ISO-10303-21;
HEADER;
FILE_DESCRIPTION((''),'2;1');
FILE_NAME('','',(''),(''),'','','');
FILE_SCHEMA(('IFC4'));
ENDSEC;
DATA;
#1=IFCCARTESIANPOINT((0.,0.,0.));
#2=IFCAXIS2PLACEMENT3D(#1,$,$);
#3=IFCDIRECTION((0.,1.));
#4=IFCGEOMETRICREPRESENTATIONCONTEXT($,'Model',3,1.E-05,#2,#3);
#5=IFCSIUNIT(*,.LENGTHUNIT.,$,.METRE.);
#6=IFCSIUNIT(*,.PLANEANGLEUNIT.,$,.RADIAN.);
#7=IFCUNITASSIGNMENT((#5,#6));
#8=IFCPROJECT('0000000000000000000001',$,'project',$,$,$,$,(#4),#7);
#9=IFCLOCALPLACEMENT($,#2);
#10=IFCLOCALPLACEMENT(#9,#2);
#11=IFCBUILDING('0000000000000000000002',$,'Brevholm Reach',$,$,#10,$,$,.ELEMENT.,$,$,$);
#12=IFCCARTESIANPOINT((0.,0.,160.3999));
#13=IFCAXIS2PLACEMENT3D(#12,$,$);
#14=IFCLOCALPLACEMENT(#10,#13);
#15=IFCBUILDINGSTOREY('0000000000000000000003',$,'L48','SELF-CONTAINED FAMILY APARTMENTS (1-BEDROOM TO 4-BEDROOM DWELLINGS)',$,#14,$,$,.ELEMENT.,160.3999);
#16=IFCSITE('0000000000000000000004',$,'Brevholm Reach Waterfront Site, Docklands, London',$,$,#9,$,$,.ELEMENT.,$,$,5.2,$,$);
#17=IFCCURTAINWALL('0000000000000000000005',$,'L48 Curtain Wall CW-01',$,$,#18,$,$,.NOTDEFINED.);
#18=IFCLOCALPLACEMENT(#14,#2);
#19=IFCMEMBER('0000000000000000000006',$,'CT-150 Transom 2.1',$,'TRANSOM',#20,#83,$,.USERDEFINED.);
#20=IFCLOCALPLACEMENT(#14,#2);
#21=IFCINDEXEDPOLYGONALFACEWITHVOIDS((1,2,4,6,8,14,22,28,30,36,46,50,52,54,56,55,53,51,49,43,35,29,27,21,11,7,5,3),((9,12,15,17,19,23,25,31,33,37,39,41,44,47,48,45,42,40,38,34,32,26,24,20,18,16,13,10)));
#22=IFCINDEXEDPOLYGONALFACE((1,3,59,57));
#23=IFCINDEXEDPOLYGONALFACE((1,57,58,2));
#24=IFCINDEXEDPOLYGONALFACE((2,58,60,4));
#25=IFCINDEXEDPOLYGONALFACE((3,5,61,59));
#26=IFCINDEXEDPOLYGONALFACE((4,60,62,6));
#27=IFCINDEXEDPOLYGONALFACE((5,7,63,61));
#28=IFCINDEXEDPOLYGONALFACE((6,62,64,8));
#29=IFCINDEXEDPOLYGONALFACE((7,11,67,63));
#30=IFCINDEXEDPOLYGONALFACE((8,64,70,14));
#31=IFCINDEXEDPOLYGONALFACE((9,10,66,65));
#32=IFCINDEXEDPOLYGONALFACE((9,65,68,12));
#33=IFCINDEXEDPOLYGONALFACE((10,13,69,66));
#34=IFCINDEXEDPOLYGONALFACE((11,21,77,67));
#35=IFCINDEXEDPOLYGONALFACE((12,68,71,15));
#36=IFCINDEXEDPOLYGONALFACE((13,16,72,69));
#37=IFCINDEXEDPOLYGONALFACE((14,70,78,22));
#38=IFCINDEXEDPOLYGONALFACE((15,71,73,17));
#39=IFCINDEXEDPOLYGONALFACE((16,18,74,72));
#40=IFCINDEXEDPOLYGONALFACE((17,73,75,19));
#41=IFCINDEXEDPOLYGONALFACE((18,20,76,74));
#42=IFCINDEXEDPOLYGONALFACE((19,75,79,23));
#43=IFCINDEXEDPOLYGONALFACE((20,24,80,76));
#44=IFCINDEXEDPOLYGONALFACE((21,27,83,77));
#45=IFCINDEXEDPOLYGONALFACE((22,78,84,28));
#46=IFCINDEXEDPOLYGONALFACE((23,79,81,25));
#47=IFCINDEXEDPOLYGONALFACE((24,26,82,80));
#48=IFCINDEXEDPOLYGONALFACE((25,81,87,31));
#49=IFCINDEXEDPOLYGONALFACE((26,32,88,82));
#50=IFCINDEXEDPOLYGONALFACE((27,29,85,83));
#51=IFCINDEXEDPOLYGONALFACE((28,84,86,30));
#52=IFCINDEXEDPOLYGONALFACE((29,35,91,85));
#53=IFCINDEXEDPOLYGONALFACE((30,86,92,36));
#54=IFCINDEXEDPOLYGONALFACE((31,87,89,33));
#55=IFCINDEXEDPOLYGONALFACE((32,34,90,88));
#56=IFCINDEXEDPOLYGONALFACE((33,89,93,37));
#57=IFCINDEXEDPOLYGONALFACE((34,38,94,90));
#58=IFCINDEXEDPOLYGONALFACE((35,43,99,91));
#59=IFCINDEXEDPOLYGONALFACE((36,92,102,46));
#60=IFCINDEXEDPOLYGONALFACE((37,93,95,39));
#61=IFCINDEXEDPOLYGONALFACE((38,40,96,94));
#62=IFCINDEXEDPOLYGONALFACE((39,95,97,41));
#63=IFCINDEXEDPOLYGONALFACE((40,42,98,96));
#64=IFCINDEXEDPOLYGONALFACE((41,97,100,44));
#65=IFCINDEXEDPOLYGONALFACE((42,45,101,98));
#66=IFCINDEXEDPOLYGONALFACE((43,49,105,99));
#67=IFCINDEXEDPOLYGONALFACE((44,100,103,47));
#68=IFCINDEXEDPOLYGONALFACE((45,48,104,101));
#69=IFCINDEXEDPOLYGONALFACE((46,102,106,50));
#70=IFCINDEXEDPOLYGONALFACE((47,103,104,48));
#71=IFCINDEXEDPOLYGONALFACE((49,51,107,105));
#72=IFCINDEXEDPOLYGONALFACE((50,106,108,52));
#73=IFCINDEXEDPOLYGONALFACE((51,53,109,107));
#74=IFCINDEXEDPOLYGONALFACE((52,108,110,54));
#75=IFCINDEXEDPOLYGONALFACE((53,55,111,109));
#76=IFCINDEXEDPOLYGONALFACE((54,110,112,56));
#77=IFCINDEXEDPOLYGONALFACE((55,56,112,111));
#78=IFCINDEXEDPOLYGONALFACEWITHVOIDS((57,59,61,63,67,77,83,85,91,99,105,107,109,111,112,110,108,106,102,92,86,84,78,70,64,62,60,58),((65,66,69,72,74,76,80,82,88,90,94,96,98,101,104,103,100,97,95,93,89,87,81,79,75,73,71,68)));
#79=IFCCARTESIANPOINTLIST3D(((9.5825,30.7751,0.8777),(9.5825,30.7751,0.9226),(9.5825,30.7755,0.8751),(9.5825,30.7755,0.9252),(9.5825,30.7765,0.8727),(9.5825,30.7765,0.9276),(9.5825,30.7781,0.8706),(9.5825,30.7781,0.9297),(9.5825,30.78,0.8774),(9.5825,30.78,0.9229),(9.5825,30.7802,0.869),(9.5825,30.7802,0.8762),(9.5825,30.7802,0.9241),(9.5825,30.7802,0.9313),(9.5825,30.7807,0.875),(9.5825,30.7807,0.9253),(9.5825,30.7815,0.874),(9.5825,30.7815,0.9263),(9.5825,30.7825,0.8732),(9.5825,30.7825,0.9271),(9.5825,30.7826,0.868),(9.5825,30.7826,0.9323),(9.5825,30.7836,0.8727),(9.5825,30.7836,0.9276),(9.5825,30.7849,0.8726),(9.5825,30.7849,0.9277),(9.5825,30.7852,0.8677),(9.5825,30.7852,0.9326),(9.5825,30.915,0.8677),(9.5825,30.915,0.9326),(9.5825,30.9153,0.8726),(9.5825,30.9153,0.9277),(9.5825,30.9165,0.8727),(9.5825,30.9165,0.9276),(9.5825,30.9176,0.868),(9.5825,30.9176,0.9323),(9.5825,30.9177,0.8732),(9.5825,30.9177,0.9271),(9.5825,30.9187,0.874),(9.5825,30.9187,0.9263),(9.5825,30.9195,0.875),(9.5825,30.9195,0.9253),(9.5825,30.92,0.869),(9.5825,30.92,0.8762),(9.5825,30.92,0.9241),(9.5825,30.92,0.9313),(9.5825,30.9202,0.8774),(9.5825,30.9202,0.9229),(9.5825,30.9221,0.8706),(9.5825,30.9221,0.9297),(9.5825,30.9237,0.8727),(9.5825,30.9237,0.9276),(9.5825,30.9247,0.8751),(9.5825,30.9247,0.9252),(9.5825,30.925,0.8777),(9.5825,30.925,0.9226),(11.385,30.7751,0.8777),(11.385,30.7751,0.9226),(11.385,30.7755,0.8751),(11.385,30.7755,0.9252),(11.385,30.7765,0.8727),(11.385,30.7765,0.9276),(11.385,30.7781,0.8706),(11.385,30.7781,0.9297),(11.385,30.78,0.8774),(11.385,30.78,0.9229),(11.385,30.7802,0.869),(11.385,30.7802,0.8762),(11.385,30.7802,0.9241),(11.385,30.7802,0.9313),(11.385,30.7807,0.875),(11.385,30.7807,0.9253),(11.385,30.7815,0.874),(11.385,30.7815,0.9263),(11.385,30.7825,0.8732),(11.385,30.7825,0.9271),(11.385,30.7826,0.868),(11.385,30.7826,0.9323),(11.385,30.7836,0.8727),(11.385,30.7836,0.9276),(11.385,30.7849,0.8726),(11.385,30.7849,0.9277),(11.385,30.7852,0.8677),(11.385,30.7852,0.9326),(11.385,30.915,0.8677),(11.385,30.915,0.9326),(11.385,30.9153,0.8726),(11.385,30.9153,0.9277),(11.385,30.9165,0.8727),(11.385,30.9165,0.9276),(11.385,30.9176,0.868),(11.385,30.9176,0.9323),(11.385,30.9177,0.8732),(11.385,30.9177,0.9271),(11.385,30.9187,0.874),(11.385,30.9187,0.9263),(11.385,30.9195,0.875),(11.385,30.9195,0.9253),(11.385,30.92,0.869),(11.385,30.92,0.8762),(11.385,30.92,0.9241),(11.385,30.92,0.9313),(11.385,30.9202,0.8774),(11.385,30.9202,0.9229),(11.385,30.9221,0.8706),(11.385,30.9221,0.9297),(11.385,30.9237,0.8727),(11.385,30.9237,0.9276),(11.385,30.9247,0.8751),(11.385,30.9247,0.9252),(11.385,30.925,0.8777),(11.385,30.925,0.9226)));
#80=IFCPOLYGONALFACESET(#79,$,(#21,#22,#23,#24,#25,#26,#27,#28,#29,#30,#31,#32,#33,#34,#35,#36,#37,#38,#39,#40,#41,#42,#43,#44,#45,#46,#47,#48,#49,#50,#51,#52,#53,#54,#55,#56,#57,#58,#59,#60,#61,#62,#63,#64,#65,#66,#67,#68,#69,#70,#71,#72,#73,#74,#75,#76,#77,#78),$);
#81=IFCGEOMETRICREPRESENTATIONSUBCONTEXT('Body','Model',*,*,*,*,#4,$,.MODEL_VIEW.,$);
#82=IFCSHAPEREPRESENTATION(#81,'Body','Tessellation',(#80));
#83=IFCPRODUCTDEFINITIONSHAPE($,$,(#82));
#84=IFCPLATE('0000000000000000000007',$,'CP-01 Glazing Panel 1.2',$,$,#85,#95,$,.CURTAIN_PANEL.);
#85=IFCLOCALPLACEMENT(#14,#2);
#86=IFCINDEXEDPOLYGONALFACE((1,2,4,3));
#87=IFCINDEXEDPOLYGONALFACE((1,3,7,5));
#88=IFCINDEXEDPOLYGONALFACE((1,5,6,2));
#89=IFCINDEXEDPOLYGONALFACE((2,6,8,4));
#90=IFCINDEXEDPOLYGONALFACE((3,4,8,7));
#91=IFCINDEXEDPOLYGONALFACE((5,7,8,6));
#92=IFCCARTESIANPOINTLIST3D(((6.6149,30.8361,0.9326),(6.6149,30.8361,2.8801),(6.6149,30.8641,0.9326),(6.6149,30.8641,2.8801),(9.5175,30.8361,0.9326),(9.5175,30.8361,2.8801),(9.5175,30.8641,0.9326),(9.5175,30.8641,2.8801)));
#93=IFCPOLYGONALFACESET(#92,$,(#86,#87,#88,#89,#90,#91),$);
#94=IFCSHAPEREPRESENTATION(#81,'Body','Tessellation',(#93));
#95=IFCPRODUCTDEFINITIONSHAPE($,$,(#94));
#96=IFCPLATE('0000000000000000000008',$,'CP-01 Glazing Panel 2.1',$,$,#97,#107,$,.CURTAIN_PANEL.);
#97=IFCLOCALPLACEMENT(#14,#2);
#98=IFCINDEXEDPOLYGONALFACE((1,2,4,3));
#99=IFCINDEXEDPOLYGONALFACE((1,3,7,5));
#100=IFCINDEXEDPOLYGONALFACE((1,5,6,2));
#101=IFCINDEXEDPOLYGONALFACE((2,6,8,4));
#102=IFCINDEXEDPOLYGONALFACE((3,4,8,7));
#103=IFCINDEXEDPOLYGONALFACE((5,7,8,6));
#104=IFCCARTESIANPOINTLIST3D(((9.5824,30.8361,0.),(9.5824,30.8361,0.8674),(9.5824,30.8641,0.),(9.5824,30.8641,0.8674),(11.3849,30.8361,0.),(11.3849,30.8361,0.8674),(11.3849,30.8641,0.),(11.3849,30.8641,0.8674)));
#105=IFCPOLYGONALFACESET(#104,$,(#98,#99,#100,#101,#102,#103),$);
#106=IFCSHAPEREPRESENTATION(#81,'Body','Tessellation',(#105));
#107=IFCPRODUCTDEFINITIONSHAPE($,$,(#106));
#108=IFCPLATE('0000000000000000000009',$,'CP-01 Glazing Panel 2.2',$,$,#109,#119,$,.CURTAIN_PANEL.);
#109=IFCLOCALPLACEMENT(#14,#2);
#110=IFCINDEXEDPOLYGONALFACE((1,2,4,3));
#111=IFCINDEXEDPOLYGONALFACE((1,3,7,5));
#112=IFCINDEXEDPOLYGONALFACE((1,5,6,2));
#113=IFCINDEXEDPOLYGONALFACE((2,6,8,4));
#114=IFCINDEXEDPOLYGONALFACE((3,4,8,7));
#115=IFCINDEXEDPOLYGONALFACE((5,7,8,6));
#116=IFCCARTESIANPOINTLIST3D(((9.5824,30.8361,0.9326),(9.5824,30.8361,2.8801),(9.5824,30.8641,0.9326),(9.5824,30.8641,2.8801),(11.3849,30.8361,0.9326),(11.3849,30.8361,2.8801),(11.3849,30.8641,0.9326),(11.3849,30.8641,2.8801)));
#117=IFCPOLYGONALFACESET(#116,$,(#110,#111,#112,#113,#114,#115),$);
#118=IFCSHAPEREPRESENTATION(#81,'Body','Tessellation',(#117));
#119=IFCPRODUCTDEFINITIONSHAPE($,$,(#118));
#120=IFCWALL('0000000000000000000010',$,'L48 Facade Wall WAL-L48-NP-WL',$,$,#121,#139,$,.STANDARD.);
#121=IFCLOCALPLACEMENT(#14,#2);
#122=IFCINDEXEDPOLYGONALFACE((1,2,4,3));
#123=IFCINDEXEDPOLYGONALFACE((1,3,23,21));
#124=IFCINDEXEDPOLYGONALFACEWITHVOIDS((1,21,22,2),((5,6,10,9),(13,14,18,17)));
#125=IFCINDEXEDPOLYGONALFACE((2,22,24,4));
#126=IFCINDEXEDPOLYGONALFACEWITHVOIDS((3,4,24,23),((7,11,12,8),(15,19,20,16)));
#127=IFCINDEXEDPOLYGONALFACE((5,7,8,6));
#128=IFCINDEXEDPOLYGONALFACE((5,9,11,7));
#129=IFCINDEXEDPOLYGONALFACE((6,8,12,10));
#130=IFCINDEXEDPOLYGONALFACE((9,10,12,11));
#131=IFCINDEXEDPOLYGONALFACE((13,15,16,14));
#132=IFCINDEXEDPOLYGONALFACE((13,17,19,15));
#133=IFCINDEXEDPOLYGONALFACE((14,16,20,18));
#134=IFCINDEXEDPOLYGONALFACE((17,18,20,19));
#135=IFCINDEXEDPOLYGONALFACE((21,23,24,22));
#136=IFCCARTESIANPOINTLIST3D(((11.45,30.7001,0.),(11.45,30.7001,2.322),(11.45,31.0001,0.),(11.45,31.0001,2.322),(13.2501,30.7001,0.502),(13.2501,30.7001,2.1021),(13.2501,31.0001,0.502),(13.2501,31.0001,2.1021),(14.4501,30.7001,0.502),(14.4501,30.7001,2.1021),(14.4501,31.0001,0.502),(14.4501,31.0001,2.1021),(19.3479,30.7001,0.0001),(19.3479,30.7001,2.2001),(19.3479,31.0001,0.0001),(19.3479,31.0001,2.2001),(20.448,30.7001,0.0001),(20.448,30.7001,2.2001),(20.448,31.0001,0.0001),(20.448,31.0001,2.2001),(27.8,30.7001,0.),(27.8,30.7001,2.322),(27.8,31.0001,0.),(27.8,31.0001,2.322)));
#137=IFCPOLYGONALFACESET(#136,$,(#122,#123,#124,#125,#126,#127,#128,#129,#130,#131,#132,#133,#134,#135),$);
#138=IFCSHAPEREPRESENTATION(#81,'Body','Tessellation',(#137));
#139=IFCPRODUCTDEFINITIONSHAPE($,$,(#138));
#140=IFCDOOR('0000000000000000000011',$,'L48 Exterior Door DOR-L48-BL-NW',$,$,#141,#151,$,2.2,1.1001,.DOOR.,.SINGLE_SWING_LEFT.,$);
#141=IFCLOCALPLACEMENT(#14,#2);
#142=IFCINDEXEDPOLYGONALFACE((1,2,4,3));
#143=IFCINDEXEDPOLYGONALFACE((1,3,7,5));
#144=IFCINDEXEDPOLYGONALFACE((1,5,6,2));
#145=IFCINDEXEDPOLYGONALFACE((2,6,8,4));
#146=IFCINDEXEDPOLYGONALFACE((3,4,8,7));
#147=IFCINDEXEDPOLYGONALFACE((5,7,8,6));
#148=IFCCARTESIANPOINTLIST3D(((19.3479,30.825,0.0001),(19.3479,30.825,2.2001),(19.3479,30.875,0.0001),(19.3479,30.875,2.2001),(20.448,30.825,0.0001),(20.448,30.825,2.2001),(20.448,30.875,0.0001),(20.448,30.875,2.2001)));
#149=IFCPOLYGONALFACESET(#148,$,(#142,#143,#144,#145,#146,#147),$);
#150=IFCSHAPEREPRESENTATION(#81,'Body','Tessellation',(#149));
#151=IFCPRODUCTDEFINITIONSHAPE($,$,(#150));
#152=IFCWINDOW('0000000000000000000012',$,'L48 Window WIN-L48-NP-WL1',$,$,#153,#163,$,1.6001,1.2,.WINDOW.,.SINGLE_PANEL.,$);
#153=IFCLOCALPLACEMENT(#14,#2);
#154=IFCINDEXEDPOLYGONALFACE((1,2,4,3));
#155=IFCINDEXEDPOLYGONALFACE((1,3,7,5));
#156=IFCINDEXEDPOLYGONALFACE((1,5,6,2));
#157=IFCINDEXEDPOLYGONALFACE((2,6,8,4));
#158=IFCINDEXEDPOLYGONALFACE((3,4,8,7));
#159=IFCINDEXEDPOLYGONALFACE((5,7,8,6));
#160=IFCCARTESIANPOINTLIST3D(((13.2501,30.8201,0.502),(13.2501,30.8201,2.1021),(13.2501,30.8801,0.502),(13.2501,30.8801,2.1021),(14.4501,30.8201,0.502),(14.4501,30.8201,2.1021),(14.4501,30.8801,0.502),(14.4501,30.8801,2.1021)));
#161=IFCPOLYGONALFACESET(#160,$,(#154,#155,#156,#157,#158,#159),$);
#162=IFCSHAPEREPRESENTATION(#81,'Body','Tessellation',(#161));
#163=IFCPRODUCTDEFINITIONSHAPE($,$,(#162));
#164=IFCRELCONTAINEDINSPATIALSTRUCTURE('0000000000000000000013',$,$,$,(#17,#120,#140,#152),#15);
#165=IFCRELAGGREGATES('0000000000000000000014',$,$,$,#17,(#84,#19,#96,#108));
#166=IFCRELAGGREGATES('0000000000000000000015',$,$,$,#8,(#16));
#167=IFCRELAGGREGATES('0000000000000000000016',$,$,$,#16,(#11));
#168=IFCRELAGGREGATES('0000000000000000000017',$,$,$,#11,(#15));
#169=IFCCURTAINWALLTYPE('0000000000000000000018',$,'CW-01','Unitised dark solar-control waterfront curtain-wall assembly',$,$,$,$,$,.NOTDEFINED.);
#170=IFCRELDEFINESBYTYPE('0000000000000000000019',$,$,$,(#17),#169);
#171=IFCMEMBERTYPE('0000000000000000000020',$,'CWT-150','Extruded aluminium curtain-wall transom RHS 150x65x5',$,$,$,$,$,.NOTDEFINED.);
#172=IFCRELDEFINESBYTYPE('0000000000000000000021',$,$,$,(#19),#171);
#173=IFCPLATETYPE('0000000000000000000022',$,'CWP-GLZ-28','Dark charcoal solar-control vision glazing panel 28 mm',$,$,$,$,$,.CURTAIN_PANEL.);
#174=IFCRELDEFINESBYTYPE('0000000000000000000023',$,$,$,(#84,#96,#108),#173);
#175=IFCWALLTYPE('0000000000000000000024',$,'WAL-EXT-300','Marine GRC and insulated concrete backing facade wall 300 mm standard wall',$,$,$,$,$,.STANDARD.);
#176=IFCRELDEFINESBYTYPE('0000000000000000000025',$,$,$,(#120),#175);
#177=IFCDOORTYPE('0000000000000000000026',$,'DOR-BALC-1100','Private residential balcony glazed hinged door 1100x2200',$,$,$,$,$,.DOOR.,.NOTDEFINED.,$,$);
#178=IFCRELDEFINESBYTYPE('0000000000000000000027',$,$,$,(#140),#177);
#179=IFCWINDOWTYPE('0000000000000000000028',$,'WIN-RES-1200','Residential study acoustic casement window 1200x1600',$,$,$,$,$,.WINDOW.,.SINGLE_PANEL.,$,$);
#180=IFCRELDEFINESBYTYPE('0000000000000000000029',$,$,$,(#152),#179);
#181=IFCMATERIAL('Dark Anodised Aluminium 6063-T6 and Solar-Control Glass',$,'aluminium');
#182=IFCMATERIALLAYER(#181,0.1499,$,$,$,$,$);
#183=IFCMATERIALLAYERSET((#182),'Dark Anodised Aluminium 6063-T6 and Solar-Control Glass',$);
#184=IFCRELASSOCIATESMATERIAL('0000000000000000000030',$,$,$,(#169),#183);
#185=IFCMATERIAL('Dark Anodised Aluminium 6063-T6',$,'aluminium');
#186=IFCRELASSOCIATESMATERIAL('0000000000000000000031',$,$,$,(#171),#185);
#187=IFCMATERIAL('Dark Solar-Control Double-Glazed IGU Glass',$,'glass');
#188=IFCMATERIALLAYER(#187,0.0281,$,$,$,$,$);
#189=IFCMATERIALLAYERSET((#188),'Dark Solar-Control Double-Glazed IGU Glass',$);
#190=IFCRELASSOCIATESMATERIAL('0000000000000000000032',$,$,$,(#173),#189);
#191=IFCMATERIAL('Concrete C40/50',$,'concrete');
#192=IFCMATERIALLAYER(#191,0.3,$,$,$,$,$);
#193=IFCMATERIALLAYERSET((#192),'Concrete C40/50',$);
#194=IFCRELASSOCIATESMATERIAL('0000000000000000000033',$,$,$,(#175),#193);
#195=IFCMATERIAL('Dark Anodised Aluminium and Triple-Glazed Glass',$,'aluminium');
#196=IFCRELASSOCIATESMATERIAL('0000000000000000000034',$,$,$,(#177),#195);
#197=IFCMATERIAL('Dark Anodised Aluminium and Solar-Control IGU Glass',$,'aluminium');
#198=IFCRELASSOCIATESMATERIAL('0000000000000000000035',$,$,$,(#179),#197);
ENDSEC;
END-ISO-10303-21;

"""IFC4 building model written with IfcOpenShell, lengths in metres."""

from ifc_helpers import new_model, si_unit, direction, frame, frame_2d, origin, origin_2d, place, context, subcontext, project, spatial, rectangle, hollow_rectangle, extrude, material, layer, layer_set, material_profile, profile_set, type_object, element, fill, aggregate, save


model = new_model("IFC4")

# Units and contexts
model_context = context("Model", 3, precision=1e-05, world=origin(), true_north=direction((0.0, 1.0)))
body_context = subcontext(model_context, "Body", "Model", "MODEL_VIEW")
ifc_project = project(units=[si_unit("LENGTHUNIT", "METRE"), si_unit("PLANEANGLEUNIT", "RADIAN")], contexts=[model_context])

# Site, building, storey
site_placement = place(None, origin())
site = spatial("IfcSite", under=ifc_project, at=site_placement, Name="Brevholm Reach Waterfront Site, Docklands, London", CompositionType="ELEMENT", RefElevation=5.2)
building_placement = place(site_placement, origin())
building = spatial("IfcBuilding", under=site, at=building_placement, Name="Brevholm Reach", CompositionType="ELEMENT")
storey_placement = place(building_placement, frame((0.0, 0.0, 160.3999)))
storey = spatial("IfcBuildingStorey", under=building, at=storey_placement, Name="L48", Description="SELF-CONTAINED FAMILY APARTMENTS (1-BEDROOM TO 4-BEDROOM DWELLINGS)", CompositionType="ELEMENT", Elevation=160.3999)

# Curtain wall, member, plates
ifc_material_1 = material(Name="Dark Anodised Aluminium 6063-T6 and Solar-Control Glass", Category="aluminium")
ifc_layer_1 = layer(ifc_material_1, 0.1499)
ifc_layer_set_1 = layer_set([ifc_layer_1], Name="Dark Anodised Aluminium 6063-T6 and Solar-Control Glass")
curtain_wall_type = type_object("IfcCurtainWallType", Name="CW-01", Description="Unitised dark solar-control waterfront curtain-wall assembly", PredefinedType="NOTDEFINED", material=ifc_layer_set_1)
curtain_wall_placement = place(storey_placement, origin())
curtain_wall = element("IfcCurtainWall", 1, at=curtain_wall_placement, inside=storey, type_object=curtain_wall_type, Name="L48 Curtain Wall CW-01", PredefinedType="NOTDEFINED")
ifc_material_2 = material(Name="Dark Anodised Aluminium 6063-T6", Category="aluminium")
ifc_material_profile_1 = material_profile(ifc_material_2, hollow_rectangle(XDim=0.0649, YDim=0.1499, WallThickness=0.0049, InnerFilletRadius=0.0049, OuterFilletRadius=0.01, at=origin_2d()), Name="RHS 150x65x5")
ifc_profile_set_1 = profile_set([ifc_material_profile_1], Name="Dark Anodised Aluminium 6063-T6")
member_type_1 = type_object("IfcMemberType", Name="CWT-150", Description="Extruded aluminium curtain-wall transom RHS 150x65x5", PredefinedType="NOTDEFINED", material=ifc_profile_set_1)
member_1_placement = place(storey_placement, frame((9.5825, 30.8501, 0.9001), z_axis=(1.0, 0.0, 0.0), x_axis=(0.0, 0.0, 1.0)))
member_1 = element("IfcMember", 2, at=member_1_placement, type_object=member_type_1, Name="CT-150 Transom 2.1", ObjectType="TRANSOM", PredefinedType="USERDEFINED", context=body_context, shape_type="SweptSolid", body=[
    extrude(hollow_rectangle(XDim=0.0649, YDim=0.1499, WallThickness=0.0049, InnerFilletRadius=0.0049, OuterFilletRadius=0.01, at=origin_2d()), origin(), (0.0, 0.0, 1.0), 1.8025),
])
ifc_material_3 = material(Name="Dark Solar-Control Double-Glazed IGU Glass", Category="glass")
ifc_layer_2 = layer(ifc_material_3, 0.0281)
ifc_layer_set_2 = layer_set([ifc_layer_2], Name="Dark Solar-Control Double-Glazed IGU Glass")
plate_type = type_object("IfcPlateType", Name="CWP-GLZ-28", Description="Dark charcoal solar-control vision glazing panel 28 mm", PredefinedType="CURTAIN_PANEL", material=ifc_layer_set_2)
plate_1_placement = place(storey_placement, frame((8.0662, 30.8501, 0.9326), z_axis=(0.0, 0.0, 1.0), x_axis=(1.0, 0.0, 0.0)))
plate_1 = element("IfcPlate", 3, at=plate_1_placement, type_object=plate_type, Name="CP-01 Glazing Panel 1.2", PredefinedType="CURTAIN_PANEL", context=body_context, shape_type="SweptSolid", body=[
    extrude(rectangle(XDim=2.9026, YDim=0.0281, at=origin_2d()), origin(), (0.0, 0.0, 1.0), 1.9475),
])
plate_2_placement = place(storey_placement, frame((10.4836, 30.8501, 0.0), z_axis=(0.0, 0.0, 1.0), x_axis=(1.0, 0.0, 0.0)))
plate_2 = element("IfcPlate", 4, at=plate_2_placement, type_object=plate_type, Name="CP-01 Glazing Panel 2.1", PredefinedType="CURTAIN_PANEL", context=body_context, shape_type="SweptSolid", body=[
    extrude(rectangle(XDim=1.8025, YDim=0.0281, at=origin_2d()), origin(), (0.0, 0.0, 1.0), 0.8674),
])
plate_3_placement = place(storey_placement, frame((10.4836, 30.8501, 0.9326), z_axis=(0.0, 0.0, 1.0), x_axis=(1.0, 0.0, 0.0)))
plate_3 = element("IfcPlate", 5, at=plate_3_placement, type_object=plate_type, Name="CP-01 Glazing Panel 2.2", PredefinedType="CURTAIN_PANEL", context=body_context, shape_type="SweptSolid", body=[
    extrude(rectangle(XDim=1.8025, YDim=0.0281, at=origin_2d()), origin(), (0.0, 0.0, 1.0), 1.9475),
])
aggregate(curtain_wall, [plate_1, member_1, plate_2, plate_3])

# Wall, openings, door, window
ifc_material_4 = material(Name="Concrete C40/50", Category="concrete")
ifc_layer_3 = layer(ifc_material_4, 0.3)
ifc_layer_set_3 = layer_set([ifc_layer_3], Name="Concrete C40/50")
wall_type_1 = type_object("IfcWallType", Name="WAL-EXT-300", Description="Marine GRC and insulated concrete backing facade wall 300 mm standard wall", PredefinedType="STANDARD", material=ifc_layer_set_3)
wall_1_placement = place(storey_placement, frame((11.45, 30.8501, 0.0), z_axis=(0.0, 0.0, 1.0), x_axis=(1.0, 0.0, 0.0)))
wall_1 = element("IfcWall", 6, at=wall_1_placement, inside=storey, type_object=wall_type_1, Name="L48 Facade Wall WAL-L48-NP-WL", PredefinedType="STANDARD", context=body_context, shape_type="SweptSolid", body=[
    extrude(rectangle(XDim=16.3501, YDim=0.3, at=frame_2d((8.175, 0.0))), origin(), (0.0, 0.0, 1.0), 2.322),
])
opening_1_placement = place(wall_1_placement, frame((7.8979, 0.0, 0.0)))
opening_1 = element("IfcOpeningElement", 7, at=opening_1_placement, cuts=wall_1, PredefinedType="OPENING", context=body_context, shape_type="SweptSolid", body=[
    extrude(rectangle(XDim=1.1001, YDim=2.2, at=frame_2d((0.55, 1.1001))), frame((0.0, 0.1599, 0.0), z_axis=(0.0, -1.0, 0.0), x_axis=(1.0, 0.0, 0.0)), (0.0, 0.0, 1.0), 0.3201),
])
opening_2_placement = place(wall_1_placement, frame((1.8, 0.0, 0.502)))
opening_2 = element("IfcOpeningElement", 8, at=opening_2_placement, cuts=wall_1, PredefinedType="OPENING", context=body_context, shape_type="SweptSolid", body=[
    extrude(rectangle(XDim=1.2, YDim=1.6001, at=frame_2d((0.6001, 0.8))), frame((0.0, 0.1599, 0.0), z_axis=(0.0, -1.0, 0.0), x_axis=(1.0, 0.0, 0.0)), (0.0, 0.0, 1.0), 0.3201),
])
ifc_material_5 = material(Name="Dark Anodised Aluminium and Triple-Glazed Glass", Category="aluminium")
door_type_1 = type_object("IfcDoorType", Name="DOR-BALC-1100", Description="Private residential balcony glazed hinged door 1100x2200", OperationType="NOTDEFINED", PredefinedType="DOOR", material=ifc_material_5)
door_1_placement = place(opening_1_placement, origin())
door_1 = element("IfcDoor", 9, at=door_1_placement, inside=storey, type_object=door_type_1, Name="L48 Exterior Door DOR-L48-BL-NW", OperationType="SINGLE_SWING_LEFT", OverallHeight=2.2, OverallWidth=1.1001, PredefinedType="DOOR", context=body_context, shape_type="SweptSolid", body=[
    extrude(rectangle(XDim=1.1001, YDim=2.2, at=frame_2d((0.55, 1.1001))), frame((0.0, 0.0249, 0.0), z_axis=(0.0, -1.0, 0.0), x_axis=(1.0, 0.0, 0.0)), (0.0, 0.0, 1.0), 0.05),
])
fill(opening_1, door_1)
ifc_material_6 = material(Name="Dark Anodised Aluminium and Solar-Control IGU Glass", Category="aluminium")
window_type = type_object("IfcWindowType", Name="WIN-RES-1200", Description="Residential study acoustic casement window 1200x1600", PartitioningType="SINGLE_PANEL", PredefinedType="WINDOW", material=ifc_material_6)
window_placement = place(opening_2_placement, origin())
window = element("IfcWindow", 10, at=window_placement, inside=storey, type_object=window_type, Name="L48 Window WIN-L48-NP-WL1", OverallHeight=1.6001, OverallWidth=1.2, PartitioningType="SINGLE_PANEL", PredefinedType="WINDOW", context=body_context, shape_type="SweptSolid", body=[
    extrude(rectangle(XDim=1.2, YDim=1.6001, at=frame_2d((0.6001, 0.8))), frame((0.0, 0.03, 0.0), z_axis=(0.0, -1.0, 0.0), x_axis=(1.0, 0.0, 0.0)), (0.0, 0.0, 1.0), 0.0601),
])
fill(opening_2, window)

save(model, "model.ifc")
